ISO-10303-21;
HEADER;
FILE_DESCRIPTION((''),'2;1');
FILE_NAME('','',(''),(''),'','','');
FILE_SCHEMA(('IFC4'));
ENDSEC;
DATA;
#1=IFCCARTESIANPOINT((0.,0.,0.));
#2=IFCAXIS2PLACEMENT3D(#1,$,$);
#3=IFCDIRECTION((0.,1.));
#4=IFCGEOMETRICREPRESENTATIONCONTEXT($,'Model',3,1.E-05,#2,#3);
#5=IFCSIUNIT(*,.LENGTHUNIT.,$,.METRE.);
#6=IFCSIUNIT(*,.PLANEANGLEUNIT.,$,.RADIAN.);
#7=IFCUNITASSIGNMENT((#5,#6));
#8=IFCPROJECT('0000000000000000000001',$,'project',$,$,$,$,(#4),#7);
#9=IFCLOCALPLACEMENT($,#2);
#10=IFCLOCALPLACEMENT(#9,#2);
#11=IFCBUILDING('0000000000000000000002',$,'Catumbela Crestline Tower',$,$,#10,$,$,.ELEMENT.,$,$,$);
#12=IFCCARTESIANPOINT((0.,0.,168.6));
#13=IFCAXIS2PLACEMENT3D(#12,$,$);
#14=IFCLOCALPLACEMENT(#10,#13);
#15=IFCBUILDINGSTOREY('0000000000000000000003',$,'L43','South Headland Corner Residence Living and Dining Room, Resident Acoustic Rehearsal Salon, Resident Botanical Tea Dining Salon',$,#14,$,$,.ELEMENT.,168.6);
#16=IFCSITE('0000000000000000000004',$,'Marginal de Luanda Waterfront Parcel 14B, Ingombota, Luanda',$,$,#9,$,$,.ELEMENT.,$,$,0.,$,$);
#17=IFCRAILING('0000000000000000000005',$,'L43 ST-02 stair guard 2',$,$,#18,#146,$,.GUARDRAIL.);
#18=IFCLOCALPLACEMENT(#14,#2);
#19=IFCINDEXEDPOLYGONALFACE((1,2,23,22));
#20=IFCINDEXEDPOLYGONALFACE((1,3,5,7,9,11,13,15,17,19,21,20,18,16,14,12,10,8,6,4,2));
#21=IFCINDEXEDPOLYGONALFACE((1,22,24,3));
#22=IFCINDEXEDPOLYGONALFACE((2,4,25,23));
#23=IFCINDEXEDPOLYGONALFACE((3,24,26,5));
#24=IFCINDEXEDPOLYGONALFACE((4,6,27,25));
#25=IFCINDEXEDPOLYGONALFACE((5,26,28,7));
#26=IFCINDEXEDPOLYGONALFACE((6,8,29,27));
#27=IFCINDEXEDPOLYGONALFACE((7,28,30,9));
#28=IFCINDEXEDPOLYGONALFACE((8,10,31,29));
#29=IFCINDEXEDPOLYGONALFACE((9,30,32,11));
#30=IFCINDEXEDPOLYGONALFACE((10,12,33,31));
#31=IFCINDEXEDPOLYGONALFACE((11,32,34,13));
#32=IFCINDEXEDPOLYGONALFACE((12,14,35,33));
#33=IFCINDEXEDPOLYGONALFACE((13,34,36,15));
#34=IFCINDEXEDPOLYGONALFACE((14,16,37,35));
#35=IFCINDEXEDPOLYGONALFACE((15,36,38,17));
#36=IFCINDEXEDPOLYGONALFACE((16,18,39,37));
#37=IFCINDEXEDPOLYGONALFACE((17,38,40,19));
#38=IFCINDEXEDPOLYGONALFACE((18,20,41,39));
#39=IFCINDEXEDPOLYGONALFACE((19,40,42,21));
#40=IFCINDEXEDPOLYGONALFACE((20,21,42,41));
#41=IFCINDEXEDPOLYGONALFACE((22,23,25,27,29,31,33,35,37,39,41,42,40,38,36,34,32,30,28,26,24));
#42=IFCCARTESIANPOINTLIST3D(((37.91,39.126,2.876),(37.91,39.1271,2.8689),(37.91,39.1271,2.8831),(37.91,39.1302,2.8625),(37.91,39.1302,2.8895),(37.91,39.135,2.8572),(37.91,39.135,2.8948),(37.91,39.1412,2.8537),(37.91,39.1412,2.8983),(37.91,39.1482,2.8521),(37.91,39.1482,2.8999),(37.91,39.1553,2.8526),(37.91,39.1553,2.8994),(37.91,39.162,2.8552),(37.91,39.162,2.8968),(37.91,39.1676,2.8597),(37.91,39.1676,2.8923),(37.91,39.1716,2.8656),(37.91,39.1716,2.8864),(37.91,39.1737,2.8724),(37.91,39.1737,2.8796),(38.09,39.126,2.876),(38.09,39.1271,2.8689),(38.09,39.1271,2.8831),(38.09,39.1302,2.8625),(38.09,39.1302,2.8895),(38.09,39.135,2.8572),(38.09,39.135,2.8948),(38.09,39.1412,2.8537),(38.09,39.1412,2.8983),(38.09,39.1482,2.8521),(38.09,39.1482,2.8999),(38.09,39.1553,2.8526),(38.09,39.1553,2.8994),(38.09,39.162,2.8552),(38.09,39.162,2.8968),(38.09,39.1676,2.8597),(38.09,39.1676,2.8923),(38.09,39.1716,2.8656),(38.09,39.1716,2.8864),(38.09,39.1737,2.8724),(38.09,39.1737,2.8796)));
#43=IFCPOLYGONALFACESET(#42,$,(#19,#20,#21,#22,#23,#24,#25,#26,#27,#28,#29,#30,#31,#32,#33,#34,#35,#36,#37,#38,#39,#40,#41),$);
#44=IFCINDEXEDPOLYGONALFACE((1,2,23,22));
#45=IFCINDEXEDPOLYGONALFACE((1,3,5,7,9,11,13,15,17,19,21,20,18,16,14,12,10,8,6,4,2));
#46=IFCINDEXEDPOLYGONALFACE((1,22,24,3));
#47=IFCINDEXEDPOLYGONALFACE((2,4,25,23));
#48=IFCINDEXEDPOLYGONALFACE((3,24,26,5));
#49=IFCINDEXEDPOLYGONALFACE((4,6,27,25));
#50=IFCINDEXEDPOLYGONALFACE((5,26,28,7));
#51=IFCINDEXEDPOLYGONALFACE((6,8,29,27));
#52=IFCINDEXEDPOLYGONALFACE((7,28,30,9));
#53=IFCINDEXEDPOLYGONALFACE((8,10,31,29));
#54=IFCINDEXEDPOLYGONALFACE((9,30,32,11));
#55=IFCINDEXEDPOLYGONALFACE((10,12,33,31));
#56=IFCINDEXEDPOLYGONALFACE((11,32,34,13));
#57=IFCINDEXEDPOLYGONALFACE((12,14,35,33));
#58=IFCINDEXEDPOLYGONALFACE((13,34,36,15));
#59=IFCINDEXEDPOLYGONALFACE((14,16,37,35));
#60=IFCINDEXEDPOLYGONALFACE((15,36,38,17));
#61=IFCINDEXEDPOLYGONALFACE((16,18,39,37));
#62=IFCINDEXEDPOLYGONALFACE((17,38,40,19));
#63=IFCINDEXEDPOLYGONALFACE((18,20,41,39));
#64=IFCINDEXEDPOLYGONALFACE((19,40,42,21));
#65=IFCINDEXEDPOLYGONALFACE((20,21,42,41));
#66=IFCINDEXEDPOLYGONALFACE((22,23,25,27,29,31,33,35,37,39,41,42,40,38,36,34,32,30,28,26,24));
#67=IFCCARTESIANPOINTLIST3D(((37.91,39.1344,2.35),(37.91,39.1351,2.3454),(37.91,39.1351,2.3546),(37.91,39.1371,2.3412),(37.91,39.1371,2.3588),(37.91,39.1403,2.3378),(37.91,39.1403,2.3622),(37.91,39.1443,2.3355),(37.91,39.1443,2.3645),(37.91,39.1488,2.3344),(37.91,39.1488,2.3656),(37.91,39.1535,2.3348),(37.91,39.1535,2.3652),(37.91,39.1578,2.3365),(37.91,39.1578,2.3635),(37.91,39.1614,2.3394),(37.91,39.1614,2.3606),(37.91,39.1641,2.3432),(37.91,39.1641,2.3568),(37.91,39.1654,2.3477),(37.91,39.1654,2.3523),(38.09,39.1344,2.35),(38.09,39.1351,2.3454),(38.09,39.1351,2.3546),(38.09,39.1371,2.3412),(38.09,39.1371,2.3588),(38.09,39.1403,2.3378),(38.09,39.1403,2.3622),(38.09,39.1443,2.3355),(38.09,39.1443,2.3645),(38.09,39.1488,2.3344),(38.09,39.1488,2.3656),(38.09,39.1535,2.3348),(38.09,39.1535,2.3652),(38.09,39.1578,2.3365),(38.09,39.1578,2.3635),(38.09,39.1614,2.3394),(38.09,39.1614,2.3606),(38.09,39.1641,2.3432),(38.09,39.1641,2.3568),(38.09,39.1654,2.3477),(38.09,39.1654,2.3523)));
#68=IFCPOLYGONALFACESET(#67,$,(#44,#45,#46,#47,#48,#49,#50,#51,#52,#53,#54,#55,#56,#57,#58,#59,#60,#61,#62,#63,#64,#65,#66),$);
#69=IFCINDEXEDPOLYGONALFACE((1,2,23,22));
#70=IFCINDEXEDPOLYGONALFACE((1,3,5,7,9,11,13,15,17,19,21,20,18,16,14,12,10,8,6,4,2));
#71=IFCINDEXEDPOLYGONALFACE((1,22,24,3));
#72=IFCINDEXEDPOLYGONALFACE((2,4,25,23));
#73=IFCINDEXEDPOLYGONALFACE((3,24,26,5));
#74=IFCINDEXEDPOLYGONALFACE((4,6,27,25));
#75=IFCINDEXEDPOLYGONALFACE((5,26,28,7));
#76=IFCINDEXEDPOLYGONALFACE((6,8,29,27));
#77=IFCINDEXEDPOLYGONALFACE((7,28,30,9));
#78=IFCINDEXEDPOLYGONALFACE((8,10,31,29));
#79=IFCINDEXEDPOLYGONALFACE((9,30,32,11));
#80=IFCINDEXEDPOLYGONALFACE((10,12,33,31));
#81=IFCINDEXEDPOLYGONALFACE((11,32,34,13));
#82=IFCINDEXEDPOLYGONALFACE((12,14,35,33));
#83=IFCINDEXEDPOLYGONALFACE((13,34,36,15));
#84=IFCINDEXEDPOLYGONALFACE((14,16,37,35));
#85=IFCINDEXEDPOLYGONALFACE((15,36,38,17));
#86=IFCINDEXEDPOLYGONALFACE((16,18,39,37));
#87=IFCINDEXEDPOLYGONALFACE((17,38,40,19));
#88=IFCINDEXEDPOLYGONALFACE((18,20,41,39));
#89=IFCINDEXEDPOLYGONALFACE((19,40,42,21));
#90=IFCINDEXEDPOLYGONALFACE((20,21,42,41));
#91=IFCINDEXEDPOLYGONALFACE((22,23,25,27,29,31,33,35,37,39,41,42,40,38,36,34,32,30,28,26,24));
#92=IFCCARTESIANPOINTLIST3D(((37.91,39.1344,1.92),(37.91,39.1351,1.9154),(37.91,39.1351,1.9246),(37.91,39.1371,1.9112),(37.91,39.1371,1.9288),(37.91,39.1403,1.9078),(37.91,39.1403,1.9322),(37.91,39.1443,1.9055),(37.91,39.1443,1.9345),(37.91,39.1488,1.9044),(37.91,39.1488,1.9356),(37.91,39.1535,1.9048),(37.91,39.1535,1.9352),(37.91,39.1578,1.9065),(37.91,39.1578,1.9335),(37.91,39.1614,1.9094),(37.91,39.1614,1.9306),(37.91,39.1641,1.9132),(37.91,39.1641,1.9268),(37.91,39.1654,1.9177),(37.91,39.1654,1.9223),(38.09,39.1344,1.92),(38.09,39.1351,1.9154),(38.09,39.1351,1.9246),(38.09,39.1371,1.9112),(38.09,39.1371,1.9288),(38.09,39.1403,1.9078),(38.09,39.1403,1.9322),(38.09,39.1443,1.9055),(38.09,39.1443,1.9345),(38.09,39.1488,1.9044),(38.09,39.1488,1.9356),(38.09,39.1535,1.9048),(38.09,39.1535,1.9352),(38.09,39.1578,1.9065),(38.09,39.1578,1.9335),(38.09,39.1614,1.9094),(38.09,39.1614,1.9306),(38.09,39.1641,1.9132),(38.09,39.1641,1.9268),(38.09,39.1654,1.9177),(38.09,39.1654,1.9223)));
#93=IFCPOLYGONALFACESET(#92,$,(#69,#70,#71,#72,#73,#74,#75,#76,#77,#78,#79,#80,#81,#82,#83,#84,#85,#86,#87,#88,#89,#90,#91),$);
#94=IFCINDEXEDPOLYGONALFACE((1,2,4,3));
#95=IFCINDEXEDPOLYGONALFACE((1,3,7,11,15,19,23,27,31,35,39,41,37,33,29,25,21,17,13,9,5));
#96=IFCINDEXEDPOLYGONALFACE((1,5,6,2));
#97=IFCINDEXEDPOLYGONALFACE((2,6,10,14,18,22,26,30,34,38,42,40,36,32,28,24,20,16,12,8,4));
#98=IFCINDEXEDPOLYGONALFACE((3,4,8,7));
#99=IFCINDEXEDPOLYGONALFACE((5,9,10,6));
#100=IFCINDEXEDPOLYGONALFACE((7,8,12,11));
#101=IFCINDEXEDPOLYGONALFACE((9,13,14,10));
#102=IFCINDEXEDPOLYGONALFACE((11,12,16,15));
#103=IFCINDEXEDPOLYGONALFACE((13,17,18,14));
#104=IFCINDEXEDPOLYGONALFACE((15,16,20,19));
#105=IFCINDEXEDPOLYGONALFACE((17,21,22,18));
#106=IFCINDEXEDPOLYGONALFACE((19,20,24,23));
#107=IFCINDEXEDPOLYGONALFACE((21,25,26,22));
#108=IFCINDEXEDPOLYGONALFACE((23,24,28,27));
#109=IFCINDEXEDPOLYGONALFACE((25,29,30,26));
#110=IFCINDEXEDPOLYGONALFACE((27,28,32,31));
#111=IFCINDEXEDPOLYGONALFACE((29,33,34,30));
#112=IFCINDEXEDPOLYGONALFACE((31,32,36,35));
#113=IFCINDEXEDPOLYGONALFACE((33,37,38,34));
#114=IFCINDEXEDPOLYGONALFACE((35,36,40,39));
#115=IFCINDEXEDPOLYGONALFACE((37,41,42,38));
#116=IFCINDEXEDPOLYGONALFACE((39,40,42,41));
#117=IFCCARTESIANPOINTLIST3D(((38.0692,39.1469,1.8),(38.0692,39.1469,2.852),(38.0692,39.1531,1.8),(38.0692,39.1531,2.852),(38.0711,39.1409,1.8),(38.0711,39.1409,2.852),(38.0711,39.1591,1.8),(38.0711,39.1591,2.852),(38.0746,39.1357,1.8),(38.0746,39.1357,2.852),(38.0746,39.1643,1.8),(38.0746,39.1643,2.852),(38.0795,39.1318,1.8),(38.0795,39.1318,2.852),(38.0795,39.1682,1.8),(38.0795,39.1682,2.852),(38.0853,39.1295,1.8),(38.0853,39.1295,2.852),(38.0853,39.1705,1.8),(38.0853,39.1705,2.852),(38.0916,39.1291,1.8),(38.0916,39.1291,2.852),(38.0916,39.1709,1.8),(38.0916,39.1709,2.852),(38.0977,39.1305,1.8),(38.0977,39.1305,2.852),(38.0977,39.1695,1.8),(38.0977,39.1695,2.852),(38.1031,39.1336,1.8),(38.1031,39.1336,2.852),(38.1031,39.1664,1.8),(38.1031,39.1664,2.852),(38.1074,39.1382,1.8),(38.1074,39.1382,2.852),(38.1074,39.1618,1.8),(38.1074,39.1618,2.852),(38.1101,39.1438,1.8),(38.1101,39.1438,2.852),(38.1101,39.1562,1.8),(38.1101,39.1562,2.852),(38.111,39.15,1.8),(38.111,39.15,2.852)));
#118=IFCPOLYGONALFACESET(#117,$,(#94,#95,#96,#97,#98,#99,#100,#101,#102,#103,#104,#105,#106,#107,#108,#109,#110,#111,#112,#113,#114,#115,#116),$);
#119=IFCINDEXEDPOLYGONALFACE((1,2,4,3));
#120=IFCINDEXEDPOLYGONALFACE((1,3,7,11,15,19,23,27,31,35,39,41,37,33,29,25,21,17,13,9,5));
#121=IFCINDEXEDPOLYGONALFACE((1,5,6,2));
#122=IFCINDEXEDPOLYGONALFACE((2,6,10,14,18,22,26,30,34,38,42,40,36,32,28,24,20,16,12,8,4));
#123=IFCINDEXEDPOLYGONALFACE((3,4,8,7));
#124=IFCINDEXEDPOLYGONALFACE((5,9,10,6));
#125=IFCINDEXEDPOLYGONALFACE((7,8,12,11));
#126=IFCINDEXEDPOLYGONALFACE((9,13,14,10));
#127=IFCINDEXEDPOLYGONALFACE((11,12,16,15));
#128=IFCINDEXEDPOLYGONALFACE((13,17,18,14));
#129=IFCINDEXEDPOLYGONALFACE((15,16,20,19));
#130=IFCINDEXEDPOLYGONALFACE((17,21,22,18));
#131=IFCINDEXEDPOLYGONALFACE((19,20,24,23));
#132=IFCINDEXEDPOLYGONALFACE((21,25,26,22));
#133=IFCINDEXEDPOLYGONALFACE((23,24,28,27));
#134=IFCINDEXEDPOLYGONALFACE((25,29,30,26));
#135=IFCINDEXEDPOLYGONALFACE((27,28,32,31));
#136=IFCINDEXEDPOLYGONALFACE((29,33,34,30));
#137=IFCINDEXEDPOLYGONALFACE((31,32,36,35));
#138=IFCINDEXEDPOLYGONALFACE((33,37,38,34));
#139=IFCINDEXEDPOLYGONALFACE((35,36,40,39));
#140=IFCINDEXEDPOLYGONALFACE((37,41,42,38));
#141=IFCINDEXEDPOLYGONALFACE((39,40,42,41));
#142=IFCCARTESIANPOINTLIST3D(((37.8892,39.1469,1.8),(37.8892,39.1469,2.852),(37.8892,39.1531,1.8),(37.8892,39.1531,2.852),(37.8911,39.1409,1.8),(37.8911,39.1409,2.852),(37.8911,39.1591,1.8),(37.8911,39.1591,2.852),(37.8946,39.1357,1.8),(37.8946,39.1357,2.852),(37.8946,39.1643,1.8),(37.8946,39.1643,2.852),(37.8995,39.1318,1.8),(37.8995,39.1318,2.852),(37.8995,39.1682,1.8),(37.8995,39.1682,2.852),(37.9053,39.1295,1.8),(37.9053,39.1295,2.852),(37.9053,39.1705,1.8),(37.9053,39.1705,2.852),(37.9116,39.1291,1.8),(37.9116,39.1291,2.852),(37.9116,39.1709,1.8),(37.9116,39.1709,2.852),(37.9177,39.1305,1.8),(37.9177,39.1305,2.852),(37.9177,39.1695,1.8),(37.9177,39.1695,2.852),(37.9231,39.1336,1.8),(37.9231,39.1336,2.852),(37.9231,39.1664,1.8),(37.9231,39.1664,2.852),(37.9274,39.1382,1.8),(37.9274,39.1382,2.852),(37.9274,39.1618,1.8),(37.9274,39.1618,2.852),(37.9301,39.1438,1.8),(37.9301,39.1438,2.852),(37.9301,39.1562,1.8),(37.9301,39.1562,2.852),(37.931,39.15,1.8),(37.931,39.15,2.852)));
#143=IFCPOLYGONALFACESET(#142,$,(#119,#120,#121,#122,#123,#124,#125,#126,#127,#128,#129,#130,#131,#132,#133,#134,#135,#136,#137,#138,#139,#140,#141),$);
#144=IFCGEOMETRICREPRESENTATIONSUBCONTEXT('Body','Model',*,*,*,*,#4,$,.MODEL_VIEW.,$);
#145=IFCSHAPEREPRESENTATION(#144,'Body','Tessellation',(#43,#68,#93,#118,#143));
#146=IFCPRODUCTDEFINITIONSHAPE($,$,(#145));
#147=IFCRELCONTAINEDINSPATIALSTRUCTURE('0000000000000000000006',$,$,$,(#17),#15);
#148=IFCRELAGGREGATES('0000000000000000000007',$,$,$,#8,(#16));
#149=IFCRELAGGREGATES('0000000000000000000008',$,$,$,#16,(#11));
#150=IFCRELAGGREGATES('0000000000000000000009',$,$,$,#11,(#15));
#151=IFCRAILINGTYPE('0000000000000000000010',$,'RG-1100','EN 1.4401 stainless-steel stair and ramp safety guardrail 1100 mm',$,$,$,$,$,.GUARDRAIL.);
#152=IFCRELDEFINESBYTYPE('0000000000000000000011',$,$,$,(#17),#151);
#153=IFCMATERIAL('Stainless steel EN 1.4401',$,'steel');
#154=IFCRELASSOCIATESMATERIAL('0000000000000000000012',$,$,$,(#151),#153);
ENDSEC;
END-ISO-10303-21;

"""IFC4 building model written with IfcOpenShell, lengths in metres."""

from ifc_helpers import new_model, si_unit, direction, frame, origin, origin_2d, place, context, subcontext, project, spatial, circle, extrude, material, type_object, element, save


model = new_model("IFC4")

# Units and contexts
model_context = context("Model", 3, precision=1e-05, world=origin(), true_north=direction((0.0, 1.0)))
body_context = subcontext(model_context, "Body", "Model", "MODEL_VIEW")
ifc_project = project(units=[si_unit("LENGTHUNIT", "METRE"), si_unit("PLANEANGLEUNIT", "RADIAN")], contexts=[model_context])

# Site, building, storey
site_placement = place(None, origin())
site = spatial("IfcSite", under=ifc_project, at=site_placement, Name="Marginal de Luanda Waterfront Parcel 14B, Ingombota, Luanda", CompositionType="ELEMENT", RefElevation=0.0)
building_placement = place(site_placement, origin())
building = spatial("IfcBuilding", under=site, at=building_placement, Name="Catumbela Crestline Tower", CompositionType="ELEMENT")
storey_placement = place(building_placement, frame((0.0, 0.0, 168.6)))
storey = spatial("IfcBuildingStorey", under=building, at=storey_placement, Name="L43", Description="South Headland Corner Residence Living and Dining Room, Resident Acoustic Rehearsal Salon, Resident Botanical Tea Dining Salon", CompositionType="ELEMENT", Elevation=168.6)

# Shared definitions
ifc_material_1 = material(Name="Stainless steel EN 1.4401", Category="steel")

# Railing
railing_type_1 = type_object("IfcRailingType", Name="RG-1100", Description="EN 1.4401 stainless-steel stair and ramp safety guardrail 1100 mm", PredefinedType="GUARDRAIL", material=ifc_material_1)
railing_1_placement = place(storey_placement, frame((38.09, 39.15, 1.8)))
element("IfcRailing", 1, at=railing_1_placement, inside=storey, type_object=railing_type_1, Name="L43 ST-02 stair guard 2", PredefinedType="GUARDRAIL", context=body_context, shape_type="SweptSolid", body=[
    extrude(circle(Radius=0.024, at=origin_2d()), frame((0.0, 0.0, 1.076), z_axis=(-1.0, 0.0, 0.0), x_axis=(0.0, -1.0, 0.0)), (0.0, 0.0, 1.0), 0.18),
    extrude(circle(Radius=0.0156, at=origin_2d()), frame((0.0, 0.0, 0.55), z_axis=(-1.0, 0.0, 0.0), x_axis=(0.0, -1.0, 0.0)), (0.0, 0.0, 1.0), 0.18),
    extrude(circle(Radius=0.0156, at=origin_2d()), frame((0.0, 0.0, 0.12), z_axis=(-1.0, 0.0, 0.0), x_axis=(0.0, -1.0, 0.0)), (0.0, 0.0, 1.0), 0.18),
    extrude(circle(Radius=0.021, at=origin_2d()), origin(), (0.0, 0.0, 1.0), 1.052),
    extrude(circle(Radius=0.021, at=origin_2d()), frame((-0.18, 0.0, 0.0)), (0.0, 0.0, 1.0), 1.052),
])

save(model, "model.ifc")
